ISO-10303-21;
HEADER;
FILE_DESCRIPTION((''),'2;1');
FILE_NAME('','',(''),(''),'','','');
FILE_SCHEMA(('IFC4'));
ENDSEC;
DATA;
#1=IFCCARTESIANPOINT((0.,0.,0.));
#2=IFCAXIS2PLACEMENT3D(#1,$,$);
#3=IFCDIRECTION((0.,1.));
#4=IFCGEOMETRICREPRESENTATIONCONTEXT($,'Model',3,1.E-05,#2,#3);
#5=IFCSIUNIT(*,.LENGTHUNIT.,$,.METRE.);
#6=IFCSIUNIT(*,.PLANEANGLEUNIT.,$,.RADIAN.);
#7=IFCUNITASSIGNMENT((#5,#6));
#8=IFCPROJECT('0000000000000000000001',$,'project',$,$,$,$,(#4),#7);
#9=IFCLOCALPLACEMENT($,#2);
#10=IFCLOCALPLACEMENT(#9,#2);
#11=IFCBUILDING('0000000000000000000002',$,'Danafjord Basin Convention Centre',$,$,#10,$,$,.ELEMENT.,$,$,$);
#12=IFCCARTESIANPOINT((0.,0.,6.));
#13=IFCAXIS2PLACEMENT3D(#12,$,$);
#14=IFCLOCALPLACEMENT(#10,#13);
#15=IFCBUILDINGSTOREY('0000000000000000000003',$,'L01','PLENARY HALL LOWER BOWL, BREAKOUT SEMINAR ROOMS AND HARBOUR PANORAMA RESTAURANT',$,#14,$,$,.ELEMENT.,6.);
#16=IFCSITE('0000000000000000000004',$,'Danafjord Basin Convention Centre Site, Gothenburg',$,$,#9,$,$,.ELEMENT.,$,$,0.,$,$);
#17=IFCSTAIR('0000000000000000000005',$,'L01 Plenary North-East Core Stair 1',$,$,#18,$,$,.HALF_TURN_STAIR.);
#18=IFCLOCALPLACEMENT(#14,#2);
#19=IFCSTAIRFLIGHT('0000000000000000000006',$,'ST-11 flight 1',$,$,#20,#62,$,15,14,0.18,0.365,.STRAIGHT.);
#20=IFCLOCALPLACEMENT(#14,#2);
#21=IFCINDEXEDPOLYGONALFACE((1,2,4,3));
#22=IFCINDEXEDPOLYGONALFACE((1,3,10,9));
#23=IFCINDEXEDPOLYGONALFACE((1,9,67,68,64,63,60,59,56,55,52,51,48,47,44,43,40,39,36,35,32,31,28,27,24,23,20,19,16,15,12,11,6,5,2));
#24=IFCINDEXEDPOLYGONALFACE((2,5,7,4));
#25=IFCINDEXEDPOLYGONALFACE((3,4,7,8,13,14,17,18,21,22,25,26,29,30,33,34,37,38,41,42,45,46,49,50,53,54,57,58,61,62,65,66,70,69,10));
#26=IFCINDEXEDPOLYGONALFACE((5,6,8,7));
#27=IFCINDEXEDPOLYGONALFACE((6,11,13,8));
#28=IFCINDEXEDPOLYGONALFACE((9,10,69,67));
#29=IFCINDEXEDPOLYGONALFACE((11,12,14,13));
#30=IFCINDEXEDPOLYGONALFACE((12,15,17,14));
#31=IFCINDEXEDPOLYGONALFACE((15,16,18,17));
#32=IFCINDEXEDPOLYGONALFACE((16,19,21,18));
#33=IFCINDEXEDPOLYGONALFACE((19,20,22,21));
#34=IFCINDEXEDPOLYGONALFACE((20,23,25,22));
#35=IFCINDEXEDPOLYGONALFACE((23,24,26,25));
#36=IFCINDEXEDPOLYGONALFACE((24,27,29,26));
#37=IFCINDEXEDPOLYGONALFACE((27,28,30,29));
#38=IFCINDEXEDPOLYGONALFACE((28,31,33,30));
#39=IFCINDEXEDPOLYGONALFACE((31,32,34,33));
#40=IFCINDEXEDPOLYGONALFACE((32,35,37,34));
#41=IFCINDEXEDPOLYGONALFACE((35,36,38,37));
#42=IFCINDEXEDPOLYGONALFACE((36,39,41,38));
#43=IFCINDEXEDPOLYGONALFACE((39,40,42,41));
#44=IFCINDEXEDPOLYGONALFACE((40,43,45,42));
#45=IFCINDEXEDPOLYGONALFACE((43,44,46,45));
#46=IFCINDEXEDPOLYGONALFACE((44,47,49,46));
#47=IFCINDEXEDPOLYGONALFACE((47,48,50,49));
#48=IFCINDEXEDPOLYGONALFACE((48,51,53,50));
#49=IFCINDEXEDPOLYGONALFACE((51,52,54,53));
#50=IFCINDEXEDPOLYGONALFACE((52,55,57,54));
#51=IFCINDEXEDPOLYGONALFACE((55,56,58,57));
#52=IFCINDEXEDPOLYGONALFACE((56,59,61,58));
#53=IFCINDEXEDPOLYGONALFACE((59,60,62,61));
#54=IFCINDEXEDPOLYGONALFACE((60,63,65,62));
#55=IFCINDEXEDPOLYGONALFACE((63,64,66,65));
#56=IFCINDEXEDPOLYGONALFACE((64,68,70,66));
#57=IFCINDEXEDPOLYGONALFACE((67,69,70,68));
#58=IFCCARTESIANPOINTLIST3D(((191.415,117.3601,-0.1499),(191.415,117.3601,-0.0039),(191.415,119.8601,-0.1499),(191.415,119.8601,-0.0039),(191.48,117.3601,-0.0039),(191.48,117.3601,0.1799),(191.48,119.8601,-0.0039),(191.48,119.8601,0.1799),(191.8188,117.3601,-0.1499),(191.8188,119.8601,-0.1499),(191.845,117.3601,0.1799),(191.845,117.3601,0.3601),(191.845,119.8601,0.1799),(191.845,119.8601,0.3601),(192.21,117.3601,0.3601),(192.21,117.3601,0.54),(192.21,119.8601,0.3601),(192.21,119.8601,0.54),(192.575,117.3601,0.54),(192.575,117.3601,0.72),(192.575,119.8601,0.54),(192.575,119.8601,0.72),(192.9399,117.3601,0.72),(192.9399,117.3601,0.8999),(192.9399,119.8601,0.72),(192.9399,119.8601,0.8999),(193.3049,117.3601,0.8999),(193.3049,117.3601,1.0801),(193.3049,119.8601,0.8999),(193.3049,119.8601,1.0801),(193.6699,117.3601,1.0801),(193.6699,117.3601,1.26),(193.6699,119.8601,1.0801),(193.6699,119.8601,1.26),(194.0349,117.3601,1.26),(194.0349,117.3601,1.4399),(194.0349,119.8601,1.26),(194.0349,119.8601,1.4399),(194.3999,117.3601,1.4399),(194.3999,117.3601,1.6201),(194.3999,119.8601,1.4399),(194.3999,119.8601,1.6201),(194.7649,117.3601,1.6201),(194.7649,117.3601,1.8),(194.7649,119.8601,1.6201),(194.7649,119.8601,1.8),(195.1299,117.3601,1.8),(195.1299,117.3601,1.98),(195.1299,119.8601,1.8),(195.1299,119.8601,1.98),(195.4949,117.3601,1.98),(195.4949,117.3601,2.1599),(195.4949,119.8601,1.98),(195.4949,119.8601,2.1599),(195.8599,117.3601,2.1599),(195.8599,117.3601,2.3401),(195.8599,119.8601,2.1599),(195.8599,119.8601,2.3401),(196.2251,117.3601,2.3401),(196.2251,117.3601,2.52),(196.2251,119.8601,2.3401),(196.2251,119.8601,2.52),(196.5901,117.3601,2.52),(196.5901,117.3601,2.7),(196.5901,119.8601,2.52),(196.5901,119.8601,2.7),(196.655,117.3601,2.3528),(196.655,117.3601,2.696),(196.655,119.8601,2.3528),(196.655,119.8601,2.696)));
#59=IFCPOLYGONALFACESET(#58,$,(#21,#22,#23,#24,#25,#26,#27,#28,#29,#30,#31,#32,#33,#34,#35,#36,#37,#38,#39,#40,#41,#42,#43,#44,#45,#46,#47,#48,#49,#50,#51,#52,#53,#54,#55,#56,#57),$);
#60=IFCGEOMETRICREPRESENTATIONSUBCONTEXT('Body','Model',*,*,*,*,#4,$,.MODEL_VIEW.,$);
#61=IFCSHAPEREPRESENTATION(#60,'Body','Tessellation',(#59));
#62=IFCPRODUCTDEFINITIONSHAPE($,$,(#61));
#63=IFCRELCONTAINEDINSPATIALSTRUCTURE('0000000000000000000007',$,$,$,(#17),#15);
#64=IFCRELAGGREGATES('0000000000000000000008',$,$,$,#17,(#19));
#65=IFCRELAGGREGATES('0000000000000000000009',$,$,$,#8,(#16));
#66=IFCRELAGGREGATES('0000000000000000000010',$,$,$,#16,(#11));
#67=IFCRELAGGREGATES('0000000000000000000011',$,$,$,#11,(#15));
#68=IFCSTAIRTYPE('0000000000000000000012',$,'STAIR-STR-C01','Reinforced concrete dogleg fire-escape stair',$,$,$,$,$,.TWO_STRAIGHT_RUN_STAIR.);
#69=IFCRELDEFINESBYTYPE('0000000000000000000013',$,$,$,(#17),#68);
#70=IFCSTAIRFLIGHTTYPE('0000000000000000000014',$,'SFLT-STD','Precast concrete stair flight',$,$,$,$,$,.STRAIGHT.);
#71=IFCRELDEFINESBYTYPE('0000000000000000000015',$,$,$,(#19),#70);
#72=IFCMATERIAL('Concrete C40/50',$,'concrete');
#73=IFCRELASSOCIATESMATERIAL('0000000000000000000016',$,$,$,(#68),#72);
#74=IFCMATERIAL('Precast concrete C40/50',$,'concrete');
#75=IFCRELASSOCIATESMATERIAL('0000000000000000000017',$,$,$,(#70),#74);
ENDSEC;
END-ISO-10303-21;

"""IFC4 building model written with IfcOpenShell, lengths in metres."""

from ifc_helpers import new_model, si_unit, direction, frame, origin, place, context, subcontext, project, spatial, polyline, outline, extrude, material, type_object, element, aggregate, save


model = new_model("IFC4")

# Units and contexts
model_context = context("Model", 3, precision=1e-05, world=origin(), true_north=direction((0.0, 1.0)))
body_context = subcontext(model_context, "Body", "Model", "MODEL_VIEW")
ifc_project = project(units=[si_unit("LENGTHUNIT", "METRE"), si_unit("PLANEANGLEUNIT", "RADIAN")], contexts=[model_context])

# Site, building, storey
site_placement = place(None, origin())
site = spatial("IfcSite", under=ifc_project, at=site_placement, Name="Danafjord Basin Convention Centre Site, Gothenburg", CompositionType="ELEMENT", RefElevation=0.0)
building_placement = place(site_placement, origin())
building = spatial("IfcBuilding", under=site, at=building_placement, Name="Danafjord Basin Convention Centre", CompositionType="ELEMENT")
storey_placement = place(building_placement, frame((0.0, 0.0, 6.0)))
storey = spatial("IfcBuildingStorey", under=building, at=storey_placement, Name="L01", Description="PLENARY HALL LOWER BOWL, BREAKOUT SEMINAR ROOMS AND HARBOUR PANORAMA RESTAURANT", CompositionType="ELEMENT", Elevation=6.0)

# Shared definitions
ifc_material_1 = material(Name="Concrete C40/50", Category="concrete")

# Stair, stair flight
stair_type = type_object("IfcStairType", Name="STAIR-STR-C01", Description="Reinforced concrete dogleg fire-escape stair", PredefinedType="TWO_STRAIGHT_RUN_STAIR", material=ifc_material_1)
stair_placement = place(storey_placement, origin())
stair = element("IfcStair", 1, at=stair_placement, inside=storey, type_object=stair_type, Name="L01 Plenary North-East Core Stair 1", PredefinedType="HALF_TURN_STAIR")
ifc_material_2 = material(Name="Precast concrete C40/50", Category="concrete")
stair_flight_type = type_object("IfcStairFlightType", Name="SFLT-STD", Description="Precast concrete stair flight", PredefinedType="STRAIGHT", material=ifc_material_2)
stair_flight_placement = place(storey_placement, frame((191.48, 118.6101, 0.0), z_axis=(0.0, 0.0, 1.0), x_axis=(1.0, 0.0, 0.0)))
stair_flight = element("IfcStairFlight", 2, at=stair_flight_placement, type_object=stair_flight_type, Name="ST-11 flight 1", NumberOfRisers=15, NumberOfTreads=14, PredefinedType="STRAIGHT", RiserHeight=0.18, TreadLength=0.365, context=body_context, shape_type="SweptSolid", body=[
    extrude(outline(polyline([(-0.0649, -0.1499), (-0.0649, -0.0039), (0.0, -0.0039), (0.0, 0.1799), (0.365, 0.1799), (0.365, 0.3601), (0.73, 0.3601), (0.73, 0.54), (1.095, 0.54), (1.095, 0.72), (1.46, 0.72), (1.46, 0.8999), (1.825, 0.8999), (1.825, 1.0801), (2.1899, 1.0801), (2.1899, 1.26), (2.5549, 1.26), (2.5549, 1.4399), (2.9199, 1.4399), (2.9199, 1.6201), (3.2849, 1.6201), (3.2849, 1.8), (3.6499, 1.8), (3.6499, 1.98), (4.0149, 1.98), (4.0149, 2.1599), (4.3799, 2.1599), (4.3799, 2.3401), (4.7451, 2.3401), (4.7451, 2.52), (5.1101, 2.52), (5.1101, 2.7), (5.175, 2.696), (5.175, 2.3528), (0.3389, -0.1499), (-0.0649, -0.1499)])), frame((0.0, 1.25, 0.0), z_axis=(0.0, -1.0, 0.0), x_axis=(1.0, 0.0, 0.0)), (0.0, 0.0, 1.0), 2.5),
])
aggregate(stair, [stair_flight])

save(model, "model.ifc")
